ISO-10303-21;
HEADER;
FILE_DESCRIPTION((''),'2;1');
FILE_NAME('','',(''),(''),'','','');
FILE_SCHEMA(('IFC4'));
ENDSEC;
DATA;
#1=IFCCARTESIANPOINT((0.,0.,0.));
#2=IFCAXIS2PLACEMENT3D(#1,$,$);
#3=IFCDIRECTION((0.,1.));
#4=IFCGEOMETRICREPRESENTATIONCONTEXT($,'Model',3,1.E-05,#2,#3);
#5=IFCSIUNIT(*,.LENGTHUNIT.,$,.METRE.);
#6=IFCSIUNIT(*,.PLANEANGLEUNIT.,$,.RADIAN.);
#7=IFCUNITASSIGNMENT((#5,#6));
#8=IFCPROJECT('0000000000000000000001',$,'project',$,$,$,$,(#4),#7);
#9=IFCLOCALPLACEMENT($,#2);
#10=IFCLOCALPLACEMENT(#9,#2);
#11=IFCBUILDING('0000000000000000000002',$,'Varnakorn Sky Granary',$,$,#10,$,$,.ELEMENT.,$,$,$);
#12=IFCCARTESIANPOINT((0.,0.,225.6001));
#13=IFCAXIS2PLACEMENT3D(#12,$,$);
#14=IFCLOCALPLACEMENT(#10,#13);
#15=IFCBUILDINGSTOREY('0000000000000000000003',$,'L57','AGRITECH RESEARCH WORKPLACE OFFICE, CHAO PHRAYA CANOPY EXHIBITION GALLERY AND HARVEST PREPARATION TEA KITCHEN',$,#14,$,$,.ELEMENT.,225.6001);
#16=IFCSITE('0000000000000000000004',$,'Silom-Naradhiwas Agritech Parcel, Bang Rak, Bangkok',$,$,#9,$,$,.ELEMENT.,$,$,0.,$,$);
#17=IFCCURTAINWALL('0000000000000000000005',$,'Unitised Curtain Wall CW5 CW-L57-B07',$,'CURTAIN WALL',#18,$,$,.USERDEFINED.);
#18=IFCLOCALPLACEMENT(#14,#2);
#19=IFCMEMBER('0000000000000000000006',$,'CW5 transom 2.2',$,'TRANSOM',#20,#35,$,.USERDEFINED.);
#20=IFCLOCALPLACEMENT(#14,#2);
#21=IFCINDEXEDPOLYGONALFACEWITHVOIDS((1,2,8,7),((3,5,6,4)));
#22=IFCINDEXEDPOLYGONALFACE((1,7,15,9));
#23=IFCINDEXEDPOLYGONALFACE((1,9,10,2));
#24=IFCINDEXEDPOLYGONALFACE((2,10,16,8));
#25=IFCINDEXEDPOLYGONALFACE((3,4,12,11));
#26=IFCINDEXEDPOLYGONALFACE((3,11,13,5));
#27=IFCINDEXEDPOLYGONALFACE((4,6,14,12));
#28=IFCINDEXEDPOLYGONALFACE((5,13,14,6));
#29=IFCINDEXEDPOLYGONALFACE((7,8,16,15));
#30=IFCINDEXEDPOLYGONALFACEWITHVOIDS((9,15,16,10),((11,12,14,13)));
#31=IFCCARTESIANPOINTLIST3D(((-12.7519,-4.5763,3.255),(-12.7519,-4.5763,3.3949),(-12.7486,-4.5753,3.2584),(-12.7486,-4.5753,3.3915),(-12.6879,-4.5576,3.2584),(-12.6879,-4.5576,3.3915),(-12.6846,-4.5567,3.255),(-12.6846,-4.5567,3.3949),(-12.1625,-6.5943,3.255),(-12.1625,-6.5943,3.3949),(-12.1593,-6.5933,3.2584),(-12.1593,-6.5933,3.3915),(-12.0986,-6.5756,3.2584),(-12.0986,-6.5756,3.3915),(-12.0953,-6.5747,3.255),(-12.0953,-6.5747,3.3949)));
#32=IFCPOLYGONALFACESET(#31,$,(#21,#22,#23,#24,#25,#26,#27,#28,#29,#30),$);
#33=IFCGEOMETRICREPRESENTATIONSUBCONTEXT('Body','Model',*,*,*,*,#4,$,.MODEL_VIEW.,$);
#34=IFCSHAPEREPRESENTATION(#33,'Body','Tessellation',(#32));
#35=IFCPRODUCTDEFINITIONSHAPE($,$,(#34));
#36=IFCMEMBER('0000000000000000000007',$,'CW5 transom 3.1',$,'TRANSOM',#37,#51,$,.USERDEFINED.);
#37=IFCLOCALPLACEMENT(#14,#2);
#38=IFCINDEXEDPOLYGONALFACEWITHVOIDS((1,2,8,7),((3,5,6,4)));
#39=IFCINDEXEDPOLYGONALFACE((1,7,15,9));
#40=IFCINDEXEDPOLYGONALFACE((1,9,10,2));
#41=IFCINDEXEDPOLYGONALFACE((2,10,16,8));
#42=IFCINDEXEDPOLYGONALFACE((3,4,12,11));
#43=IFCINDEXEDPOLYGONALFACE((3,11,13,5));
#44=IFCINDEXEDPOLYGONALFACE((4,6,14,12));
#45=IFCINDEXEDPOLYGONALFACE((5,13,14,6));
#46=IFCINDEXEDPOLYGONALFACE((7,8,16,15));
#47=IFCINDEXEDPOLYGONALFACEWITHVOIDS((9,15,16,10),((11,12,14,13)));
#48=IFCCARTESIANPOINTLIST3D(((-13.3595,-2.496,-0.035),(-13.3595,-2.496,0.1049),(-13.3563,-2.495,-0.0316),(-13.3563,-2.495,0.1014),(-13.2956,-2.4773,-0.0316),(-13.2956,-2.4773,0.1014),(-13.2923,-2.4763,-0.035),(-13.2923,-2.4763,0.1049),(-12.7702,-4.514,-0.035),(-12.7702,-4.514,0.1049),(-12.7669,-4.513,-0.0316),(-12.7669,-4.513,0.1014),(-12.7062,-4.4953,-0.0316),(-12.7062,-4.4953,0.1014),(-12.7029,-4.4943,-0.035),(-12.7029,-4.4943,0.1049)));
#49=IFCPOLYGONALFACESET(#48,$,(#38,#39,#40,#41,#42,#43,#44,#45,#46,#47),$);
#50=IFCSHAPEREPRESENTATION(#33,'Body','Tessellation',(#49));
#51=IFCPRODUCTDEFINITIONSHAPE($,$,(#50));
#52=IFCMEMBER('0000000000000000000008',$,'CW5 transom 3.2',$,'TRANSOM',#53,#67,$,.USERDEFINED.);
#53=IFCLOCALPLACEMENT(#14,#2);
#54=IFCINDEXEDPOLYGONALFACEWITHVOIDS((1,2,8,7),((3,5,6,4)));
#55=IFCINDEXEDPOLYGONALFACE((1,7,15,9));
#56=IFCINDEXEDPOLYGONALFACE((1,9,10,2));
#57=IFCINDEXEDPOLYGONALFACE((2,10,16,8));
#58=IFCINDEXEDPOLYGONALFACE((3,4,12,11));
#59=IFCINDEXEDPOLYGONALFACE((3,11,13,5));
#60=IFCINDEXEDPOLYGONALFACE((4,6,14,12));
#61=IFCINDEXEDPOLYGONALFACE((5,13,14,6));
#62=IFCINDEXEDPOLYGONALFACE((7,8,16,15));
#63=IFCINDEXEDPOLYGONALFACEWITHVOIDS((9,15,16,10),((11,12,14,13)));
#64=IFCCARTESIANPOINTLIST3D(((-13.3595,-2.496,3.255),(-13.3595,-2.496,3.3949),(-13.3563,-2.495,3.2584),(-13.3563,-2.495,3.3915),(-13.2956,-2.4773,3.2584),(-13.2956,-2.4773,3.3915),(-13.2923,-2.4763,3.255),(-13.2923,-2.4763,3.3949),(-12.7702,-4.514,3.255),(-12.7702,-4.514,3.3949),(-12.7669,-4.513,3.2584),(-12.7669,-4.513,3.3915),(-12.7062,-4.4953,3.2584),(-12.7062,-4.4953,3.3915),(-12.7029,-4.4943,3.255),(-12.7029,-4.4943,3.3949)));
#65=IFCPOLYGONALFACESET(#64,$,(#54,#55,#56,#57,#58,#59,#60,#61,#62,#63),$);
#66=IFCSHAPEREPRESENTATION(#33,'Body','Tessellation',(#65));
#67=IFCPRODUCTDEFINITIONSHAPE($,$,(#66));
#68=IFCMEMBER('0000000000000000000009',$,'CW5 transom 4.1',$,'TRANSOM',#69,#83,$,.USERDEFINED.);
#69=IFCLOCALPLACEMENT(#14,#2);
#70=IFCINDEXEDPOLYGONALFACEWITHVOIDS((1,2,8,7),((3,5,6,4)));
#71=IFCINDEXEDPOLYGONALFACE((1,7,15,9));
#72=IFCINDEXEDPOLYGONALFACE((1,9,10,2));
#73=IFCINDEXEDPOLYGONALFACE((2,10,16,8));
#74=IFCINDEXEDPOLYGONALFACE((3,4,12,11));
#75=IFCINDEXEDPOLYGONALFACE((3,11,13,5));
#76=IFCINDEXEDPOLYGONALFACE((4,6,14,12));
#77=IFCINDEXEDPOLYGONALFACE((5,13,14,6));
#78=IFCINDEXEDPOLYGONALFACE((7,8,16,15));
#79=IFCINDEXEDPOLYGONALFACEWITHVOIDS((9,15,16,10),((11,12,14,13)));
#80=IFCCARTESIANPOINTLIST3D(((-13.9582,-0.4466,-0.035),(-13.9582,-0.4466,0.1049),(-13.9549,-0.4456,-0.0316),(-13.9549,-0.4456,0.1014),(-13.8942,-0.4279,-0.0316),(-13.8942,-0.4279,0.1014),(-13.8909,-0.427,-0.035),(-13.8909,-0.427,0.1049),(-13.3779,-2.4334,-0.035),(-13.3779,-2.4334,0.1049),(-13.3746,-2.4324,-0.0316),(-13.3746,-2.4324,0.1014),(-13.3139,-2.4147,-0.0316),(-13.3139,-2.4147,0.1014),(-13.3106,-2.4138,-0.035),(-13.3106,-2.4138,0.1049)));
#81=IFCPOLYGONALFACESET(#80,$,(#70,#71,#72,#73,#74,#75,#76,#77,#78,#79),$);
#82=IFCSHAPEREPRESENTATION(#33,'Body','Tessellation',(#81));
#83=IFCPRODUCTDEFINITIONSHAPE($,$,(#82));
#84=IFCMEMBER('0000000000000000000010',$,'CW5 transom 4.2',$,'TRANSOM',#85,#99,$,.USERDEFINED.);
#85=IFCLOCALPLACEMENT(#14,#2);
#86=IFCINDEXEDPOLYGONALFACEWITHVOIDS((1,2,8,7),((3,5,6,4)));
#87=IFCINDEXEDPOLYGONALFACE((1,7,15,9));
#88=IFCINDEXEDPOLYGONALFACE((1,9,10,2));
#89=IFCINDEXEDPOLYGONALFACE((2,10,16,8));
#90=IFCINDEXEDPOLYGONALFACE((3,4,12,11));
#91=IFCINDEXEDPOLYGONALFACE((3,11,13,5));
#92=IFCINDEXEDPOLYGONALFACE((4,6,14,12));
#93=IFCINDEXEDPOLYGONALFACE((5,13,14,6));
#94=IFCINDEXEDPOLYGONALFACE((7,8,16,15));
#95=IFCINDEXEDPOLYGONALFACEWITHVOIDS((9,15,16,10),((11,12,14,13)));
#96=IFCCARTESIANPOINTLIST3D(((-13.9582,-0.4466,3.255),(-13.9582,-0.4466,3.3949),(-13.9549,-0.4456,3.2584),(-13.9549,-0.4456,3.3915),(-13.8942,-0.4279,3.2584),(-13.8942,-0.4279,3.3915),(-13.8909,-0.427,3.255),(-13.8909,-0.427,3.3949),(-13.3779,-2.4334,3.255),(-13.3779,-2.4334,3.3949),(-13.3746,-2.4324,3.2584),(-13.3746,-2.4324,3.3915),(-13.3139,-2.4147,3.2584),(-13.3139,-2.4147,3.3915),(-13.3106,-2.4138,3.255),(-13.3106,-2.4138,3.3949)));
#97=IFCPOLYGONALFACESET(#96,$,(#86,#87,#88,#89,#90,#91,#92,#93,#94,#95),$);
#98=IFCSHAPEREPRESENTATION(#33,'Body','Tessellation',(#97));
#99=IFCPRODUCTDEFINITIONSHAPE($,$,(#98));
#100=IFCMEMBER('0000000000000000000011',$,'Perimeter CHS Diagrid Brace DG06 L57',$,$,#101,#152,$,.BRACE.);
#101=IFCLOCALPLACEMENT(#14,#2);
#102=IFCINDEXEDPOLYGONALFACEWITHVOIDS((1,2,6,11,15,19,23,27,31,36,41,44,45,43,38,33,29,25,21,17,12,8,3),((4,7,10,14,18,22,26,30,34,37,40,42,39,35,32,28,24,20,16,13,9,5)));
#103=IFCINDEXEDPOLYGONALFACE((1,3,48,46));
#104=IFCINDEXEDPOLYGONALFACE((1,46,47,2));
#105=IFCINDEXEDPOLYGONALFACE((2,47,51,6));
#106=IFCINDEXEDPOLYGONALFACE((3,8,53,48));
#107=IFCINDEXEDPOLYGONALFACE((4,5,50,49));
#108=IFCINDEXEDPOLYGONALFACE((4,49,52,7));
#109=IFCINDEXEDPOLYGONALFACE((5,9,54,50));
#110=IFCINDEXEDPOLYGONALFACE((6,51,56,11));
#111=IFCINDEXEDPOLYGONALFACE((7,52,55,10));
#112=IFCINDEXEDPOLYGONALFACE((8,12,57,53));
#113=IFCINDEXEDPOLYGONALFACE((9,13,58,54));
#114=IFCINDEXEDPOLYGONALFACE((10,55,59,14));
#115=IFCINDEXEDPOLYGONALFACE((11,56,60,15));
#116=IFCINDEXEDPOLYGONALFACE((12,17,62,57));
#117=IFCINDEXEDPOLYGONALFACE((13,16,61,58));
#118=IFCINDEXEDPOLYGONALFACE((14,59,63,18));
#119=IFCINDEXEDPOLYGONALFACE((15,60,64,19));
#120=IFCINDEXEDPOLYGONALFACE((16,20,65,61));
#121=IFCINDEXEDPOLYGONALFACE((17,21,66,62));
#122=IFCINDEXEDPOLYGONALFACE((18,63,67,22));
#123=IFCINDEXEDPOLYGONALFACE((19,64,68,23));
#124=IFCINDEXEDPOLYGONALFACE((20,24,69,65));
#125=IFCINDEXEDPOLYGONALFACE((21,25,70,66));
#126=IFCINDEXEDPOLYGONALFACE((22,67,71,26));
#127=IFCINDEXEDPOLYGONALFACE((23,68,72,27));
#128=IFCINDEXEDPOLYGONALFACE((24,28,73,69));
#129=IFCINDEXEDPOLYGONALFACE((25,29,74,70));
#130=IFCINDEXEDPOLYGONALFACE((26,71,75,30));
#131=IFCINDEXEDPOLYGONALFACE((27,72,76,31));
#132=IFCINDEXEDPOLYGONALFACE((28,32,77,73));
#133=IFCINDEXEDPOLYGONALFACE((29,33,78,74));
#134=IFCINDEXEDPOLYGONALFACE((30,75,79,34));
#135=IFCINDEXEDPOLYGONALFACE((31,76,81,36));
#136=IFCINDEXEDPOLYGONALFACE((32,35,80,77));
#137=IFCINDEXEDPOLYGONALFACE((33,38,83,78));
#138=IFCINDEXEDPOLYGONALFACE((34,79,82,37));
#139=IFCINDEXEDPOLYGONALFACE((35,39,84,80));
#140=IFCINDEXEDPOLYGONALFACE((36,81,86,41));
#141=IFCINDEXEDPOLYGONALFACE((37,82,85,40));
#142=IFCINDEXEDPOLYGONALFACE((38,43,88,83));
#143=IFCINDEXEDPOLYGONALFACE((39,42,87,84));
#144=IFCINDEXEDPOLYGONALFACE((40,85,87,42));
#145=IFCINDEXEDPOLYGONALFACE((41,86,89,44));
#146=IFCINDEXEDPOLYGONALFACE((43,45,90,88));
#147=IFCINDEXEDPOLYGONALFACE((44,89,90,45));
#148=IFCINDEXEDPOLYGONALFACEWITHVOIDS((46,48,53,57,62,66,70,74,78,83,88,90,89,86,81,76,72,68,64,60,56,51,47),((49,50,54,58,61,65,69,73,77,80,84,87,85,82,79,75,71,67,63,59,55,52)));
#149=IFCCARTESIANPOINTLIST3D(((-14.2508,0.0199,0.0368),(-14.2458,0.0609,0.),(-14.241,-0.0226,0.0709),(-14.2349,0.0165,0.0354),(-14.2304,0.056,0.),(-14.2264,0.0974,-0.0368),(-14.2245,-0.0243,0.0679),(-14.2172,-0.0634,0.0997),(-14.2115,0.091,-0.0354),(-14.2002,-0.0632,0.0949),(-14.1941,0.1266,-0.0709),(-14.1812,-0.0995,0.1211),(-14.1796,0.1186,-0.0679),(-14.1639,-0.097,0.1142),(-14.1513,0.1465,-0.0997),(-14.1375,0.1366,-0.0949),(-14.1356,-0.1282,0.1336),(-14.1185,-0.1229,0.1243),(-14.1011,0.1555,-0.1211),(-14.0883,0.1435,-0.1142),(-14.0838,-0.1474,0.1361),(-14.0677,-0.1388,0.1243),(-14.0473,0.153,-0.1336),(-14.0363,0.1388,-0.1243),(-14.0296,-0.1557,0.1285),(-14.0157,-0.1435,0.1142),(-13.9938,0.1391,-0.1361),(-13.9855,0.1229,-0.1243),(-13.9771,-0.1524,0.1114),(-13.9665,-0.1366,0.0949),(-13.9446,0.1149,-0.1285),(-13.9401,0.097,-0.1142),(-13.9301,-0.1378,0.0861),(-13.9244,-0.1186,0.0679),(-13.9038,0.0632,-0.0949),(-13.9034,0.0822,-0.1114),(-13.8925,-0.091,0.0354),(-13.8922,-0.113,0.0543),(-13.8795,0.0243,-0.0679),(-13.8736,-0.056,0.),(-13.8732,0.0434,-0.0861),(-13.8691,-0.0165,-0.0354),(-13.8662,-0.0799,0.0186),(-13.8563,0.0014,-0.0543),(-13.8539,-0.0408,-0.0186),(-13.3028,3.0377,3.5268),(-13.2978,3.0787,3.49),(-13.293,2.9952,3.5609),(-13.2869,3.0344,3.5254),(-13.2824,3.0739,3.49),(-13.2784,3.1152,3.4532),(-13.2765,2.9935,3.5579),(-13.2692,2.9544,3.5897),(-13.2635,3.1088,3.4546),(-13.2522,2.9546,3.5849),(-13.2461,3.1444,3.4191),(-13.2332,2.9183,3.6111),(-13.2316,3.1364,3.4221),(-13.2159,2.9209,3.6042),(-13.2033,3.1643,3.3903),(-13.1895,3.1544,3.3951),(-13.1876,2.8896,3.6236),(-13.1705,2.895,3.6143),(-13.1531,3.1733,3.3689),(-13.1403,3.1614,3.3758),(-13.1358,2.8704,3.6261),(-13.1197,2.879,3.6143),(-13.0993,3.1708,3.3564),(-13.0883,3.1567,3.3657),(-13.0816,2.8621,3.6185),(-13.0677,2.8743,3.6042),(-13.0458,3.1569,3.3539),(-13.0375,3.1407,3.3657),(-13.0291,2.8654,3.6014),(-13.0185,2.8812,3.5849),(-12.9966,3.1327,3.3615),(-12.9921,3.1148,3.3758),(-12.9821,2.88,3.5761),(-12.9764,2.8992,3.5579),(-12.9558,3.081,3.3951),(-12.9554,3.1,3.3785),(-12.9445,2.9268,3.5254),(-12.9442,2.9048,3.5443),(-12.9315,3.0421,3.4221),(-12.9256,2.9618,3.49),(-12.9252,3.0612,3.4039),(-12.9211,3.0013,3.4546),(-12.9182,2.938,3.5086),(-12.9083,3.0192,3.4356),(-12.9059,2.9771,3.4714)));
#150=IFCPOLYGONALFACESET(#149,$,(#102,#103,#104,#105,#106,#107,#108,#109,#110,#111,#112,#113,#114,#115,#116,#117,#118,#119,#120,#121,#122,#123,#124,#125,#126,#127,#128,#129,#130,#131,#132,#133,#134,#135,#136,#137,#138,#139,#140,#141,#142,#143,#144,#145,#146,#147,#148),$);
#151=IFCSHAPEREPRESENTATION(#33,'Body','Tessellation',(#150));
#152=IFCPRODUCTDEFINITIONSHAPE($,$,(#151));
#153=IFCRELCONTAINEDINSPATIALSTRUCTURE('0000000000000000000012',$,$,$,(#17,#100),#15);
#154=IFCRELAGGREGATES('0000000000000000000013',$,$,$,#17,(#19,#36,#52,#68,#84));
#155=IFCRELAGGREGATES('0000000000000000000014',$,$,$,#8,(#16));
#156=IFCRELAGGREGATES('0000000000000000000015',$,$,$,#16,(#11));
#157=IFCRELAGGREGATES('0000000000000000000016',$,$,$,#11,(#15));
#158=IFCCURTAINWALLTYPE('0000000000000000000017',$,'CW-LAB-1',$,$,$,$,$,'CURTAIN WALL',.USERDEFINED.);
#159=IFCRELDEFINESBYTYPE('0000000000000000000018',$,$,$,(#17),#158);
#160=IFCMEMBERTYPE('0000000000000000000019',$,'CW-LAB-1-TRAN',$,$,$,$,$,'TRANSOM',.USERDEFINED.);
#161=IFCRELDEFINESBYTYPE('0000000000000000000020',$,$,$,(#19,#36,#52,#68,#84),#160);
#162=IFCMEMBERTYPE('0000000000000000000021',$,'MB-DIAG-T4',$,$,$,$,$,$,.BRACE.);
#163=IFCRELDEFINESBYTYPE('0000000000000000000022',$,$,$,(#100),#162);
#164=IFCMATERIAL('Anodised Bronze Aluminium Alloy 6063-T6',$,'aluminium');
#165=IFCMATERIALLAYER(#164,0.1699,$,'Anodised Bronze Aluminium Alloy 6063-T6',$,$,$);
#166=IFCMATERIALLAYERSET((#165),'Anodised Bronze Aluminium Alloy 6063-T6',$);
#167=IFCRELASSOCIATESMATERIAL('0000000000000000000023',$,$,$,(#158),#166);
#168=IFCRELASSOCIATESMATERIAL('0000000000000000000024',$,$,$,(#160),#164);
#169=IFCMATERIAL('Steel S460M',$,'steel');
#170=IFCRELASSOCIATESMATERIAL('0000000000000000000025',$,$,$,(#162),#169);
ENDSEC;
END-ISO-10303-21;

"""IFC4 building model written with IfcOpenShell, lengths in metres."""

from ifc_helpers import new_model, si_unit, direction, frame, origin, origin_2d, place, context, subcontext, project, spatial, hollow_rectangle, hollow_circle, extrude, material, layer, layer_set, material_profile, profile_set, type_object, element, aggregate, save


model = new_model("IFC4")

# Units and contexts
model_context = context("Model", 3, precision=1e-05, world=origin(), true_north=direction((0.0, 1.0)))
body_context = subcontext(model_context, "Body", "Model", "MODEL_VIEW")
ifc_project = project(units=[si_unit("LENGTHUNIT", "METRE"), si_unit("PLANEANGLEUNIT", "RADIAN")], contexts=[model_context])

# Site, building, storey
site_placement = place(None, origin())
site = spatial("IfcSite", under=ifc_project, at=site_placement, Name="Silom-Naradhiwas Agritech Parcel, Bang Rak, Bangkok", CompositionType="ELEMENT", RefElevation=0.0)
building_placement = place(site_placement, origin())
building = spatial("IfcBuilding", under=site, at=building_placement, Name="Varnakorn Sky Granary", CompositionType="ELEMENT")
storey_placement = place(building_placement, frame((0.0, 0.0, 225.6001)))
storey = spatial("IfcBuildingStorey", under=building, at=storey_placement, Name="L57", Description="AGRITECH RESEARCH WORKPLACE OFFICE, CHAO PHRAYA CANOPY EXHIBITION GALLERY AND HARVEST PREPARATION TEA KITCHEN", CompositionType="ELEMENT", Elevation=225.6001)

# Shared definitions
ifc_material_1 = material(Name="Steel S460M", Category="steel")

# Curtain wall, members
ifc_material_2 = material(Name="Anodised Bronze Aluminium Alloy 6063-T6", Category="aluminium")
ifc_layer_1 = layer(ifc_material_2, 0.1699, Name="Anodised Bronze Aluminium Alloy 6063-T6")
ifc_layer_set_1 = layer_set([ifc_layer_1], Name="Anodised Bronze Aluminium Alloy 6063-T6")
curtain_wall_type = type_object("IfcCurtainWallType", Name="CW-LAB-1", ElementType="CURTAIN WALL", PredefinedType="USERDEFINED", material=ifc_layer_set_1)
curtain_wall_placement = place(storey_placement, origin())
curtain_wall = element("IfcCurtainWall", 1, at=curtain_wall_placement, inside=storey, type_object=curtain_wall_type, Name="Unitised Curtain Wall CW5 CW-L57-B07", ObjectType="CURTAIN WALL", PredefinedType="USERDEFINED")
ifc_material_profile_1 = material_profile(ifc_material_2, hollow_rectangle(XDim=0.0701, YDim=0.1399, WallThickness=0.0034, at=origin_2d()), Name="ALU TRAN 70x140")
ifc_profile_set_1 = profile_set([ifc_material_profile_1], Name="Anodised Bronze Aluminium Alloy 6063-T6")
member_type_1 = type_object("IfcMemberType", Name="CW-LAB-1-TRAN", ElementType="TRANSOM", PredefinedType="USERDEFINED", material=ifc_profile_set_1)
member_1_placement = place(storey_placement, frame((-12.1289, -6.5845, 3.325), z_axis=(-0.28033, 0.959904, 0.0), x_axis=(-0.959904, -0.28033, 0.0)))
member_1 = element("IfcMember", 2, at=member_1_placement, type_object=member_type_1, Name="CW5 transom 2.2", ObjectType="TRANSOM", PredefinedType="USERDEFINED", context=body_context, shape_type="SweptSolid", body=[
    extrude(hollow_rectangle(XDim=0.0701, YDim=0.1399, WallThickness=0.0034, at=origin_2d()), origin(), (0.0, 0.0, 1.0), 2.1023),
])
member_2_placement = place(storey_placement, frame((-12.7366, -4.5042, 0.0349), z_axis=(-0.28033, 0.959904, 0.0), x_axis=(-0.959904, -0.28033, 0.0)))
member_2 = element("IfcMember", 3, at=member_2_placement, type_object=member_type_1, Name="CW5 transom 3.1", ObjectType="TRANSOM", PredefinedType="USERDEFINED", context=body_context, shape_type="SweptSolid", body=[
    extrude(hollow_rectangle(XDim=0.0701, YDim=0.1399, WallThickness=0.0034, at=origin_2d()), origin(), (0.0, 0.0, 1.0), 2.1023),
])
member_3_placement = place(storey_placement, frame((-12.7366, -4.5042, 3.325), z_axis=(-0.28033, 0.959904, 0.0), x_axis=(-0.959904, -0.28033, 0.0)))
member_3 = element("IfcMember", 4, at=member_3_placement, type_object=member_type_1, Name="CW5 transom 3.2", ObjectType="TRANSOM", PredefinedType="USERDEFINED", context=body_context, shape_type="SweptSolid", body=[
    extrude(hollow_rectangle(XDim=0.0701, YDim=0.1399, WallThickness=0.0034, at=origin_2d()), origin(), (0.0, 0.0, 1.0), 2.1023),
])
member_4_placement = place(storey_placement, frame((-13.3442, -2.4236, 0.0349), z_axis=(-0.280371, 0.959892, 0.0), x_axis=(-0.959892, -0.280371, 0.0)))
member_4 = element("IfcMember", 5, at=member_4_placement, type_object=member_type_1, Name="CW5 transom 4.1", ObjectType="TRANSOM", PredefinedType="USERDEFINED", context=body_context, shape_type="SweptSolid", body=[
    extrude(hollow_rectangle(XDim=0.0701, YDim=0.1399, WallThickness=0.0034, at=origin_2d()), origin(), (0.0, 0.0, 1.0), 2.0698),
])
member_5_placement = place(storey_placement, frame((-13.3442, -2.4236, 3.325), z_axis=(-0.280371, 0.959892, 0.0), x_axis=(-0.959892, -0.280371, 0.0)))
member_5 = element("IfcMember", 6, at=member_5_placement, type_object=member_type_1, Name="CW5 transom 4.2", ObjectType="TRANSOM", PredefinedType="USERDEFINED", context=body_context, shape_type="SweptSolid", body=[
    extrude(hollow_rectangle(XDim=0.0701, YDim=0.1399, WallThickness=0.0034, at=origin_2d()), origin(), (0.0, 0.0, 1.0), 2.0698),
])

# Member
ifc_material_profile_2 = material_profile(ifc_material_1, hollow_circle(Radius=0.2031, WallThickness=0.0161, at=origin_2d()), Name="CHS 406.4x16")
ifc_profile_set_2 = profile_set([ifc_material_profile_2], Name="Steel S460M")
member_type_2 = type_object("IfcMemberType", Name="MB-DIAG-T4", PredefinedType="BRACE", material=ifc_profile_set_2)
for number, where, z_axis, x_axis, name in (
    (7, (-14.052, 0.0, 0.0), (0.201265, 0.640699, 0.740943), (-0.954035, 0.299694, 0.0), "Perimeter CHS Diagrid Brace DG06 L57"),
):
    element("IfcMember", number, at=place(storey_placement, frame(where, z_axis=z_axis, x_axis=x_axis)), inside=storey, type_object=member_type_2, Name=name, PredefinedType="BRACE", context=body_context, shape_type="SweptSolid", body=[
        extrude(hollow_circle(Radius=0.2031, WallThickness=0.0161, at=origin_2d()), origin(), (0.0, 0.0, 1.0), 4.7102),
    ])

aggregate(curtain_wall, [member_1, member_2, member_3, member_4, member_5])

save(model, "model.ifc")
